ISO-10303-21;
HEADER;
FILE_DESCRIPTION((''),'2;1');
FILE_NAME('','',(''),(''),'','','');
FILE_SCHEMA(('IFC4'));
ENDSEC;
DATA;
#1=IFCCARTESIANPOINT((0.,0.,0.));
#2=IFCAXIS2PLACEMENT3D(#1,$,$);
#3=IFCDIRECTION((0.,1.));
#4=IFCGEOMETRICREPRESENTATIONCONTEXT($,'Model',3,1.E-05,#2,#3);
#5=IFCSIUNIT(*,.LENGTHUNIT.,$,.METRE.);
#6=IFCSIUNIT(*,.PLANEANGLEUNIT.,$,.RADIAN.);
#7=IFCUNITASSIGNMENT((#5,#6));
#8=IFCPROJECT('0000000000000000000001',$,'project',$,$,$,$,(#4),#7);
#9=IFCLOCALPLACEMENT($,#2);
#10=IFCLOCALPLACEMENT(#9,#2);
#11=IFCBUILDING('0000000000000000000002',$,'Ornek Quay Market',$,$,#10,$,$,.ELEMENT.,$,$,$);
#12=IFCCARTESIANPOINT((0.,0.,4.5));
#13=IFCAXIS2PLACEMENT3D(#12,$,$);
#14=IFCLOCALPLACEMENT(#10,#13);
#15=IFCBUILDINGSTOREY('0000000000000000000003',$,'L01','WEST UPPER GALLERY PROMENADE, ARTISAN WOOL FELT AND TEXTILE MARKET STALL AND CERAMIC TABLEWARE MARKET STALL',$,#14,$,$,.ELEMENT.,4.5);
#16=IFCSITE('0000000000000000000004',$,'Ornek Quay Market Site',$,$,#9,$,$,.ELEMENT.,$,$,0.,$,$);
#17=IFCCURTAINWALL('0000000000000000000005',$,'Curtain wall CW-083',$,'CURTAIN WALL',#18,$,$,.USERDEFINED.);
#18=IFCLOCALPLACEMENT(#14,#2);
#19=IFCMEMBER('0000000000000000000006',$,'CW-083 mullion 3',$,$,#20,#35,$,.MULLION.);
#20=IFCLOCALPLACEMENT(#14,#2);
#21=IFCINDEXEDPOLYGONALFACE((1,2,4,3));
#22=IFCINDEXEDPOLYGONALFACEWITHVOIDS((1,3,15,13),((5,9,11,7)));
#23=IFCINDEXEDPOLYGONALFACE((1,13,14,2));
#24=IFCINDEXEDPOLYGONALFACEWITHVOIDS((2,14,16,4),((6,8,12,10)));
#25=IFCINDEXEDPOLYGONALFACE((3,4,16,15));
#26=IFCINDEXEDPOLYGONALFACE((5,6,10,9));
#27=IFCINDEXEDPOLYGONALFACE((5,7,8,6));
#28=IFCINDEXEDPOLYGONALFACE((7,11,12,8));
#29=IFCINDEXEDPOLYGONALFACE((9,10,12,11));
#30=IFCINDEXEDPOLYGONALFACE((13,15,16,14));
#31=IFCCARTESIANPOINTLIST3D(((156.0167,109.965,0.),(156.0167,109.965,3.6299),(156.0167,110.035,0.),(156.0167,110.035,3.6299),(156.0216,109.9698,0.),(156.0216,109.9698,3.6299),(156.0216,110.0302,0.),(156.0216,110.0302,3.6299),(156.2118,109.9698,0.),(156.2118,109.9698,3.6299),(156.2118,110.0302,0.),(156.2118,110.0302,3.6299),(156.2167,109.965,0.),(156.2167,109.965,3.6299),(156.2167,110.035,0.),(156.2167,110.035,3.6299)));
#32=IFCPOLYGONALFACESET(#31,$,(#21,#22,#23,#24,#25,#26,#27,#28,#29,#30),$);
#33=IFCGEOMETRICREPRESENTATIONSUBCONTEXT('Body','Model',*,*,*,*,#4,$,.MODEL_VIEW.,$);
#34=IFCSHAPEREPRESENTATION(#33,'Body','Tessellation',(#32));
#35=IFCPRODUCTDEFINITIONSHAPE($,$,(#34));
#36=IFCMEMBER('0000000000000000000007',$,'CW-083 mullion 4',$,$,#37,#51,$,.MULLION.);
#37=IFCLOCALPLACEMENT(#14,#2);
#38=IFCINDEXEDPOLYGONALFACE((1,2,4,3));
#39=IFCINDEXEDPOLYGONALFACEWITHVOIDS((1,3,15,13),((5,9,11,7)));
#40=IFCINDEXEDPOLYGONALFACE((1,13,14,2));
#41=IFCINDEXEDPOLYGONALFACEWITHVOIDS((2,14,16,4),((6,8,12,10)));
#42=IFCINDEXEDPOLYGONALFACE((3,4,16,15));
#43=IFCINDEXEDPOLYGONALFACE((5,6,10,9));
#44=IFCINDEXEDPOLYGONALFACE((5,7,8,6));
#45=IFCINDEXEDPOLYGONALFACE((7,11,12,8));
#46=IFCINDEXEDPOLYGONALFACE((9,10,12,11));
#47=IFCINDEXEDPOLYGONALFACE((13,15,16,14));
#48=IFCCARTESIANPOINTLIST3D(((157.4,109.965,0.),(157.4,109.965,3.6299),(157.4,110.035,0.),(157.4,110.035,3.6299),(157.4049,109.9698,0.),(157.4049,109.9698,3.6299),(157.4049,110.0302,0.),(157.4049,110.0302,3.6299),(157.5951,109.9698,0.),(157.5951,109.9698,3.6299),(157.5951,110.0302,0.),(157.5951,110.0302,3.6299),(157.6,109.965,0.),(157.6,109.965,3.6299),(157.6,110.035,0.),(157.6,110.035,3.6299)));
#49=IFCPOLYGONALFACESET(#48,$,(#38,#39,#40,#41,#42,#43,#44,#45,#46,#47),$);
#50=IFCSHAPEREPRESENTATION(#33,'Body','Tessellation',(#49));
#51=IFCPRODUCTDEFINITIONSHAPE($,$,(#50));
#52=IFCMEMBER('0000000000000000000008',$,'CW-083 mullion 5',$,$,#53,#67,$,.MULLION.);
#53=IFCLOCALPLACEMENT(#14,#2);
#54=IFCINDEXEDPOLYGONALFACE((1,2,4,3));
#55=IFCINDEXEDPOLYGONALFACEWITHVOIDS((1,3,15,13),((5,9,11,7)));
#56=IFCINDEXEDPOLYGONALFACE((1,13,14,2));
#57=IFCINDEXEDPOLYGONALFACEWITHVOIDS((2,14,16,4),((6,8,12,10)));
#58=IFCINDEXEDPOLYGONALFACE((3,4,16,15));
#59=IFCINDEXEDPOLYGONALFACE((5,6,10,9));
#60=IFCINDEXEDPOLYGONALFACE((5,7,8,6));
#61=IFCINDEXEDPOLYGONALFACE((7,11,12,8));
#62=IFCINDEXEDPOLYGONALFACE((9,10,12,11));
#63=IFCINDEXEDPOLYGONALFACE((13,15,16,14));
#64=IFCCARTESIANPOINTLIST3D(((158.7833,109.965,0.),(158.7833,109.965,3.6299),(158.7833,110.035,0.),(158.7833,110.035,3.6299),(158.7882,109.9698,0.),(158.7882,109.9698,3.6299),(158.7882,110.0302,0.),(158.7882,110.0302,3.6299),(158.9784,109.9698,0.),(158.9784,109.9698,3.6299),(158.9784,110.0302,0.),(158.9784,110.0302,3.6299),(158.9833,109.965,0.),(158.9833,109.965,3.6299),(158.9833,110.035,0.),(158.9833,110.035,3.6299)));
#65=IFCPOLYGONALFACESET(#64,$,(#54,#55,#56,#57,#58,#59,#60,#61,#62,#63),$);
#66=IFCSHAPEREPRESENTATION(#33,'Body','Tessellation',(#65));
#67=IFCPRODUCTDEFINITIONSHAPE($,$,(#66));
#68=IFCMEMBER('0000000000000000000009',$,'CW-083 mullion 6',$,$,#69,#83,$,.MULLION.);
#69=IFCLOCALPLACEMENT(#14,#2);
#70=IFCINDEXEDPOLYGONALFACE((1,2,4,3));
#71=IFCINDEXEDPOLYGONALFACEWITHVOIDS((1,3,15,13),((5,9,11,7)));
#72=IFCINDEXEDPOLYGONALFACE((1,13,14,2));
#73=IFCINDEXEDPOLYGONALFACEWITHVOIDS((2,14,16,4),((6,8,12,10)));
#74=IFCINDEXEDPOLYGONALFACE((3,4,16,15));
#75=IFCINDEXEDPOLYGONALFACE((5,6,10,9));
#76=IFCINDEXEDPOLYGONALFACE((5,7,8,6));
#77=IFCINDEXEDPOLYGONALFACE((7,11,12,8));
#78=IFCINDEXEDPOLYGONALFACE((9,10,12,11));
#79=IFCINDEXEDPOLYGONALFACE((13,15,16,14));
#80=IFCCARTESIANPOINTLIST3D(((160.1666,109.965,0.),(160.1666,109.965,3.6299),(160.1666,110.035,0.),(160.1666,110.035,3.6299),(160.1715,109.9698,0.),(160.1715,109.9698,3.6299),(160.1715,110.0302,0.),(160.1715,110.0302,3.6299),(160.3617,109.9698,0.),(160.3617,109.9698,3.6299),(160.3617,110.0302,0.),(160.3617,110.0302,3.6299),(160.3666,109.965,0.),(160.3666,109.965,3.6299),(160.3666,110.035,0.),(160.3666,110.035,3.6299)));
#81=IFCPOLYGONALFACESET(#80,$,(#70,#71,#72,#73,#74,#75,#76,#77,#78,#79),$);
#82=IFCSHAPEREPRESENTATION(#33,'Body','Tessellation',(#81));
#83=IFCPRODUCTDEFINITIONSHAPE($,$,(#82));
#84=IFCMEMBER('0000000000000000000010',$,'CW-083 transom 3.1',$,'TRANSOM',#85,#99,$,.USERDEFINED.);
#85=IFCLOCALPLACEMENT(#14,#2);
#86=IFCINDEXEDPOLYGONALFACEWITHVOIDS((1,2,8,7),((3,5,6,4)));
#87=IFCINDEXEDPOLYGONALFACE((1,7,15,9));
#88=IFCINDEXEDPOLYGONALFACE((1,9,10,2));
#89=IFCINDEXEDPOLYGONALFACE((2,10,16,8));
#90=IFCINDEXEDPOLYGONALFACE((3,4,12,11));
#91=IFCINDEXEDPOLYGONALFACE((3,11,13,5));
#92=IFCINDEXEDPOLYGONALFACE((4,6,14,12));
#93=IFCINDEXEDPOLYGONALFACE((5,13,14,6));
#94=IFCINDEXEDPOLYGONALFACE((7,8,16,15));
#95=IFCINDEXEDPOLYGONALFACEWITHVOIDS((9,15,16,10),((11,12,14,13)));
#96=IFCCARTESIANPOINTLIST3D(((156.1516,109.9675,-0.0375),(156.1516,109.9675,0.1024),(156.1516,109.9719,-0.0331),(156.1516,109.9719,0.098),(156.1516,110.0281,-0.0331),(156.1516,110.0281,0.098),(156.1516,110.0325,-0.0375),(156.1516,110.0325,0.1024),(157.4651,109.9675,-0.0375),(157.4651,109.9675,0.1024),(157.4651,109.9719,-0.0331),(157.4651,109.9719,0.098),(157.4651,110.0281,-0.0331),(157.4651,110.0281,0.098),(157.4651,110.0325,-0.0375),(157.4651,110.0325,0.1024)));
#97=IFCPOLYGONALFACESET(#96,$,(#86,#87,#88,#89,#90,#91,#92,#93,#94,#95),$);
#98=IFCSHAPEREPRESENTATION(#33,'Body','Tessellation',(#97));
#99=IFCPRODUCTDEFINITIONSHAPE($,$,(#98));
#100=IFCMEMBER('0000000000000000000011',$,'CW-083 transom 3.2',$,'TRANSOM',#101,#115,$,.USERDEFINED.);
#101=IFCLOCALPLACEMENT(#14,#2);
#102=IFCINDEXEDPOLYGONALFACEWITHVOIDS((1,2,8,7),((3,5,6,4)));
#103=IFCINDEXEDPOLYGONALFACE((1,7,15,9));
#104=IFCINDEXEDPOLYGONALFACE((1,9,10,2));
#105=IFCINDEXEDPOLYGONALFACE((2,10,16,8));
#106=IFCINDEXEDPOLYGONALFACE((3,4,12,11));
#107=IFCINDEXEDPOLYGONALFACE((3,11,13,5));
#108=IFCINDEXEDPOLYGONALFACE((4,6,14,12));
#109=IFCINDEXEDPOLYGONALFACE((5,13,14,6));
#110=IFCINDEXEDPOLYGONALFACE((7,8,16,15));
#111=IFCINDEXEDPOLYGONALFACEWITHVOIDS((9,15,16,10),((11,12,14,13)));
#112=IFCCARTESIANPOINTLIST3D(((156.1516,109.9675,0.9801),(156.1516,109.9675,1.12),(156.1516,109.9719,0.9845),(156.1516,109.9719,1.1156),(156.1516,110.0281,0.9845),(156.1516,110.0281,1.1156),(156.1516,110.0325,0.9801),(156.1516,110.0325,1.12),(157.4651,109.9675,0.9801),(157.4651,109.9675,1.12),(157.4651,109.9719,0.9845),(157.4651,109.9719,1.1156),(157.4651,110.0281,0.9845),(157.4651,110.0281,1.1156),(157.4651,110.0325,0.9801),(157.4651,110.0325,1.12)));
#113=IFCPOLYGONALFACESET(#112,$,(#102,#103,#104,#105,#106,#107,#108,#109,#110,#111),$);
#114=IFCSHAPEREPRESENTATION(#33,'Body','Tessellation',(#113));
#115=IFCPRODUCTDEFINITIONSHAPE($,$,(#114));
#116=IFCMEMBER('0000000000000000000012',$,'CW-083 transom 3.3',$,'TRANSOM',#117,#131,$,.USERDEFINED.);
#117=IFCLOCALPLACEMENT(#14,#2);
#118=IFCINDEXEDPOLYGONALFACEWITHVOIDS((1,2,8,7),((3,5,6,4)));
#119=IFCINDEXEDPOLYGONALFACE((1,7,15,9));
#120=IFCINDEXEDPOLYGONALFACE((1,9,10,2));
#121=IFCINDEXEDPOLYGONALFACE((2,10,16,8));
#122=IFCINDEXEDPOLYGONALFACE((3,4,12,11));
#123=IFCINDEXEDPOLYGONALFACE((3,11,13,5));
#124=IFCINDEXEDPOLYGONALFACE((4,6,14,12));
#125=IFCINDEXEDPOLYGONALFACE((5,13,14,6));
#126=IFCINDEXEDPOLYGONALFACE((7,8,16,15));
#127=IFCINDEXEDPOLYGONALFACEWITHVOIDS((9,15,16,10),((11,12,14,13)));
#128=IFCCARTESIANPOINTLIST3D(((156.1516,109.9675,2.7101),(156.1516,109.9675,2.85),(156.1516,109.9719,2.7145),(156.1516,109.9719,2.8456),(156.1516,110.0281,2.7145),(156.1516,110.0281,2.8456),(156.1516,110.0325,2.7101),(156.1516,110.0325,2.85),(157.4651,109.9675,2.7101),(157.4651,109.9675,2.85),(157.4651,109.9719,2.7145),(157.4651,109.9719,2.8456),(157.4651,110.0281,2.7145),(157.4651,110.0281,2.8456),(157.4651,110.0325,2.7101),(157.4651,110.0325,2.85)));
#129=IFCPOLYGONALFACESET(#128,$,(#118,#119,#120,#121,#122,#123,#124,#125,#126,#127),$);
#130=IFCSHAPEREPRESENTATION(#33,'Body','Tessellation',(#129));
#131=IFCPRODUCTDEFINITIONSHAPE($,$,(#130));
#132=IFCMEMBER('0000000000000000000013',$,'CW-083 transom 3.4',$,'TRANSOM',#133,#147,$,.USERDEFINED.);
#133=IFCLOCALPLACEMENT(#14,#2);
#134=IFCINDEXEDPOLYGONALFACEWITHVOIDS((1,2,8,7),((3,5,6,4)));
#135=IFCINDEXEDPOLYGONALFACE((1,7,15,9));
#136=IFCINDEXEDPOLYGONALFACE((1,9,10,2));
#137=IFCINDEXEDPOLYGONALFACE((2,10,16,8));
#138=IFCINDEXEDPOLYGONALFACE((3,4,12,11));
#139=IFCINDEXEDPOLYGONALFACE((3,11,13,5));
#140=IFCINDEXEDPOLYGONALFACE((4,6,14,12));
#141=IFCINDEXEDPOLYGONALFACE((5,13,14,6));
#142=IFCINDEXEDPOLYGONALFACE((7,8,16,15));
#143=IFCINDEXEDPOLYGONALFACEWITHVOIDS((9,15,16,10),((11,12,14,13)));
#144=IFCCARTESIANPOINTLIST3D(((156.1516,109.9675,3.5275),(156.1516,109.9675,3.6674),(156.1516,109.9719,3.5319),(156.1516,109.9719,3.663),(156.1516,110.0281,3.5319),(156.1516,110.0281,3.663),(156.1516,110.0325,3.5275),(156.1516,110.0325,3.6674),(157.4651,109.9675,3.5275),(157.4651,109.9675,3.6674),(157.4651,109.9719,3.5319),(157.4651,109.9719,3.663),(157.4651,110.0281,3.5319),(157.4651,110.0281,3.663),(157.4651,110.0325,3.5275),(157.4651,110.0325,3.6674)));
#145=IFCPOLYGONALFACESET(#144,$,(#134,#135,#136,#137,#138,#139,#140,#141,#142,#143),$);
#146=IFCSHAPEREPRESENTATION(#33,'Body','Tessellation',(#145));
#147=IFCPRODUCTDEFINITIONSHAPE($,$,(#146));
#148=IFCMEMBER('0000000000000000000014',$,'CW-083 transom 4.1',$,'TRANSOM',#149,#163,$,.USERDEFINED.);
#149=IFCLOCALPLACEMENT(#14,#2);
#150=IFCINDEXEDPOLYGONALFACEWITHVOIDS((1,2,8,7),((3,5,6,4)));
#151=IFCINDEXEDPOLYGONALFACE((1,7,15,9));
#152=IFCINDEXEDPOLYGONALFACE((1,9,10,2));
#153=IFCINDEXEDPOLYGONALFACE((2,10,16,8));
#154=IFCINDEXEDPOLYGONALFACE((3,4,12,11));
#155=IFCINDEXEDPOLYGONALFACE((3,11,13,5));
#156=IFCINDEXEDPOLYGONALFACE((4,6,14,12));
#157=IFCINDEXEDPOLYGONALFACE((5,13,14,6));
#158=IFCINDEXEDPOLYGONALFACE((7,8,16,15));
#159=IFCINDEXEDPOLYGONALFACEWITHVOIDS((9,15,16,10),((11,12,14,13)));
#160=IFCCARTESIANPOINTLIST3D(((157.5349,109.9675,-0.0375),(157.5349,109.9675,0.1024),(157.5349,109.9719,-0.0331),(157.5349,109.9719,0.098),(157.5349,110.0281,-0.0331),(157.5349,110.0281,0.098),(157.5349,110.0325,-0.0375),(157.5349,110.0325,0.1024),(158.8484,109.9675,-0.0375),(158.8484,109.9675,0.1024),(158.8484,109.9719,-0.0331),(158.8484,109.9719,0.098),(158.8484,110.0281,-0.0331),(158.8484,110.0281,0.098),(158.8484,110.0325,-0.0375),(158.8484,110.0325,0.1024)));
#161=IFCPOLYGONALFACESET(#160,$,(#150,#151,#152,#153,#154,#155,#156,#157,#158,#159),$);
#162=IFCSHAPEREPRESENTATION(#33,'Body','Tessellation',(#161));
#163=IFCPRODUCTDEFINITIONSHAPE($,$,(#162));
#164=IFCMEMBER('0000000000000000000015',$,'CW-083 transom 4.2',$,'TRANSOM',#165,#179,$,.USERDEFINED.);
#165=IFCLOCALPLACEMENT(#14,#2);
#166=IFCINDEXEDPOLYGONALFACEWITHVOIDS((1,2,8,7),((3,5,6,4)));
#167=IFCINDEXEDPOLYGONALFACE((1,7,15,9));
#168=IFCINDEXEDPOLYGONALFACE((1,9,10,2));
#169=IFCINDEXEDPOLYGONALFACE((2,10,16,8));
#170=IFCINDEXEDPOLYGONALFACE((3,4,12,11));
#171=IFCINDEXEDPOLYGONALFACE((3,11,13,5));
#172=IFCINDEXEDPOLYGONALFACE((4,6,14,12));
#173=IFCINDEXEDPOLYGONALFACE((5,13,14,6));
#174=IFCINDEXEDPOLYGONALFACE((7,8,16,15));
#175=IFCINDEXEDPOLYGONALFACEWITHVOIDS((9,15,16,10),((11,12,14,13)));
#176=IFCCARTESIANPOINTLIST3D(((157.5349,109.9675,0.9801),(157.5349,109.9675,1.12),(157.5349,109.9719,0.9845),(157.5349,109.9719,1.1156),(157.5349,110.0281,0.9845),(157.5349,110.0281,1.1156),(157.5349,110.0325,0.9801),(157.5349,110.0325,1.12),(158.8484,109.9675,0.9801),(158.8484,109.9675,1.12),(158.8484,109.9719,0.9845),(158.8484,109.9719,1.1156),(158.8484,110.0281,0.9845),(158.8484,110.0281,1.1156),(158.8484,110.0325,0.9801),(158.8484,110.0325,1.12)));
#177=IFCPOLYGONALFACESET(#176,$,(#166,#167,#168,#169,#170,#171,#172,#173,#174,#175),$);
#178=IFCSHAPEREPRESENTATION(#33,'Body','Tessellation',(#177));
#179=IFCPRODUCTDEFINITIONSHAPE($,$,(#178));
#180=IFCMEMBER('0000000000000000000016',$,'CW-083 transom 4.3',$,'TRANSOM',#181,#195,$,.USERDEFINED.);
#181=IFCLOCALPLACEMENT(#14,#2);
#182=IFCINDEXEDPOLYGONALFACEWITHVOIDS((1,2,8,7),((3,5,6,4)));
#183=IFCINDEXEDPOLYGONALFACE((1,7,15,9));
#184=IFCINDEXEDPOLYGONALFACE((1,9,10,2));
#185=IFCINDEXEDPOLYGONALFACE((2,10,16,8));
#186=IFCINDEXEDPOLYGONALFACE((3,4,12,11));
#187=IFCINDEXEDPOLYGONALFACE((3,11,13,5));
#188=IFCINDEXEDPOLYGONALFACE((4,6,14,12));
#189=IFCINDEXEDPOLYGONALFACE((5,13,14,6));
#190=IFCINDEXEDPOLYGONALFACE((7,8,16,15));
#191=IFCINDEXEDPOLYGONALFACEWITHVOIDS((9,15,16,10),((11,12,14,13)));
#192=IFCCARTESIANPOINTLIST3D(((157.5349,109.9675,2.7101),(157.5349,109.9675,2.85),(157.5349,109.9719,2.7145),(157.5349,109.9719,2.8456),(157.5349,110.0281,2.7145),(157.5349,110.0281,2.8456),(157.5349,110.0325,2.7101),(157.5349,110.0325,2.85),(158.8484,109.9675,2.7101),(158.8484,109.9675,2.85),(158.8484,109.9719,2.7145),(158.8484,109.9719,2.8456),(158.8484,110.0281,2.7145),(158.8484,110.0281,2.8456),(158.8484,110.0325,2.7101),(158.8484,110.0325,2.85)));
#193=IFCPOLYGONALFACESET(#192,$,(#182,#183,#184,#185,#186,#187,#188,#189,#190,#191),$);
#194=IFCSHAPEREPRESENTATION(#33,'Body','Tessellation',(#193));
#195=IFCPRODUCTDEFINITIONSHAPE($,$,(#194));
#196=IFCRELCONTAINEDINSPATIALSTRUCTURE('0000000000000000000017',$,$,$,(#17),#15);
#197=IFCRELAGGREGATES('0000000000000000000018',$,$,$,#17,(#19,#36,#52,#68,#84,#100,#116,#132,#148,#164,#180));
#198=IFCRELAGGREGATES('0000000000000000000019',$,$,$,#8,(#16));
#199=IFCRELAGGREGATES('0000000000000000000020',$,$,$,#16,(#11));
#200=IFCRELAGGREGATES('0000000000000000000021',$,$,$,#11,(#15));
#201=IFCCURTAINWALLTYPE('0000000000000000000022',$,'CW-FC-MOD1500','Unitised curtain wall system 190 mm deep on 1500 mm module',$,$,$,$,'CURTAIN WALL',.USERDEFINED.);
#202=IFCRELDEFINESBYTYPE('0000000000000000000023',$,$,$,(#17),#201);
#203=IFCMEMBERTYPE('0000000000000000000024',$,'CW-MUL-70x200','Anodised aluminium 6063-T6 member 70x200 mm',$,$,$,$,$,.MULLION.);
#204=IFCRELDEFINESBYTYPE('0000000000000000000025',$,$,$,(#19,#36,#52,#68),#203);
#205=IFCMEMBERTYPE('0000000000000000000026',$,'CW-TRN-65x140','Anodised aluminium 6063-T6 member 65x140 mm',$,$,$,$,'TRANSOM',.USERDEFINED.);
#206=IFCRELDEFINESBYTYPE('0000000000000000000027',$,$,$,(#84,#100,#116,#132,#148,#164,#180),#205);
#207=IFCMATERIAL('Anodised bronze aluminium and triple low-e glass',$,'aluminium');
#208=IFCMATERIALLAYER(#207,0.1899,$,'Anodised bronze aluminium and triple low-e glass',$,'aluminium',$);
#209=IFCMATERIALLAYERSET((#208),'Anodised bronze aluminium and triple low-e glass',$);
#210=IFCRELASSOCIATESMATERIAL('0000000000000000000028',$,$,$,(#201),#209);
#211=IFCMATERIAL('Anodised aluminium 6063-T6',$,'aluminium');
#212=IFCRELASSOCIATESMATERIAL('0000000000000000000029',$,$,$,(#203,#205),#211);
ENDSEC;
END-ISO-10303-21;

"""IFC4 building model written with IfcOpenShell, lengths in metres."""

from ifc_helpers import new_model, si_unit, direction, frame, origin, origin_2d, place, context, subcontext, project, spatial, hollow_rectangle, extrude, material, layer, layer_set, material_profile, profile_set, type_object, element, aggregate, save


model = new_model("IFC4")

# Units and contexts
model_context = context("Model", 3, precision=1e-05, world=origin(), true_north=direction((0.0, 1.0)))
body_context = subcontext(model_context, "Body", "Model", "MODEL_VIEW")
ifc_project = project(units=[si_unit("LENGTHUNIT", "METRE"), si_unit("PLANEANGLEUNIT", "RADIAN")], contexts=[model_context])

# Site, building, storey
site_placement = place(None, origin())
site = spatial("IfcSite", under=ifc_project, at=site_placement, Name="Ornek Quay Market Site", CompositionType="ELEMENT", RefElevation=0.0)
building_placement = place(site_placement, origin())
building = spatial("IfcBuilding", under=site, at=building_placement, Name="Ornek Quay Market", CompositionType="ELEMENT")
storey_placement = place(building_placement, frame((0.0, 0.0, 4.5)))
storey = spatial("IfcBuildingStorey", under=building, at=storey_placement, Name="L01", Description="WEST UPPER GALLERY PROMENADE, ARTISAN WOOL FELT AND TEXTILE MARKET STALL AND CERAMIC TABLEWARE MARKET STALL", CompositionType="ELEMENT", Elevation=4.5)

# Curtain wall, members
ifc_material_1 = material(Name="Anodised bronze aluminium and triple low-e glass", Category="aluminium")
ifc_layer_1 = layer(ifc_material_1, 0.1899, Name="Anodised bronze aluminium and triple low-e glass", Category="aluminium")
ifc_layer_set_1 = layer_set([ifc_layer_1], Name="Anodised bronze aluminium and triple low-e glass")
curtain_wall_type = type_object("IfcCurtainWallType", Name="CW-FC-MOD1500", Description="Unitised curtain wall system 190 mm deep on 1500 mm module", ElementType="CURTAIN WALL", PredefinedType="USERDEFINED", material=ifc_layer_set_1)
curtain_wall_placement = place(storey_placement, origin())
curtain_wall = element("IfcCurtainWall", 1, at=curtain_wall_placement, inside=storey, type_object=curtain_wall_type, Name="Curtain wall CW-083", ObjectType="CURTAIN WALL", PredefinedType="USERDEFINED")
ifc_material_2 = material(Name="Anodised aluminium 6063-T6", Category="aluminium")
ifc_material_profile_1 = material_profile(ifc_material_2, hollow_rectangle(XDim=0.0701, YDim=0.2, WallThickness=0.0049, at=origin_2d()), Name="CW-MUL-70x200", Category="aluminium")
ifc_profile_set_1 = profile_set([ifc_material_profile_1], Name="Anodised aluminium 6063-T6")
member_type_1 = type_object("IfcMemberType", Name="CW-MUL-70x200", Description="Anodised aluminium 6063-T6 member 70x200 mm", PredefinedType="MULLION", material=ifc_profile_set_1)
member_1_placement = place(storey_placement, frame((156.1167, 110.0, 0.0), z_axis=(0.0, 0.0, 1.0), x_axis=(0.0, 1.0, 0.0)))
member_1 = element("IfcMember", 2, at=member_1_placement, type_object=member_type_1, Name="CW-083 mullion 3", PredefinedType="MULLION", context=body_context, shape_type="SweptSolid", body=[
    extrude(hollow_rectangle(XDim=0.0701, YDim=0.2, WallThickness=0.0049, at=origin_2d()), origin(), (0.0, 0.0, 1.0), 3.6299),
])
member_2_placement = place(storey_placement, frame((157.5, 110.0, 0.0), z_axis=(0.0, 0.0, 1.0), x_axis=(0.0, 1.0, 0.0)))
member_2 = element("IfcMember", 3, at=member_2_placement, type_object=member_type_1, Name="CW-083 mullion 4", PredefinedType="MULLION", context=body_context, shape_type="SweptSolid", body=[
    extrude(hollow_rectangle(XDim=0.0701, YDim=0.2, WallThickness=0.0049, at=origin_2d()), origin(), (0.0, 0.0, 1.0), 3.6299),
])
member_3_placement = place(storey_placement, frame((158.8833, 110.0, 0.0), z_axis=(0.0, 0.0, 1.0), x_axis=(0.0, 1.0, 0.0)))
member_3 = element("IfcMember", 4, at=member_3_placement, type_object=member_type_1, Name="CW-083 mullion 5", PredefinedType="MULLION", context=body_context, shape_type="SweptSolid", body=[
    extrude(hollow_rectangle(XDim=0.0701, YDim=0.2, WallThickness=0.0049, at=origin_2d()), origin(), (0.0, 0.0, 1.0), 3.6299),
])
member_4_placement = place(storey_placement, frame((160.2666, 110.0, 0.0), z_axis=(0.0, 0.0, 1.0), x_axis=(0.0, 1.0, 0.0)))
member_4 = element("IfcMember", 5, at=member_4_placement, type_object=member_type_1, Name="CW-083 mullion 6", PredefinedType="MULLION", context=body_context, shape_type="SweptSolid", body=[
    extrude(hollow_rectangle(XDim=0.0701, YDim=0.2, WallThickness=0.0049, at=origin_2d()), origin(), (0.0, 0.0, 1.0), 3.6299),
])
ifc_material_profile_2 = material_profile(ifc_material_2, hollow_rectangle(XDim=0.0649, YDim=0.1399, WallThickness=0.0044, at=origin_2d()), Name="CW-TRN-65x140", Category="aluminium")
ifc_profile_set_2 = profile_set([ifc_material_profile_2], Name="Anodised aluminium 6063-T6")
member_type_2 = type_object("IfcMemberType", Name="CW-TRN-65x140", Description="Anodised aluminium 6063-T6 member 65x140 mm", ElementType="TRANSOM", PredefinedType="USERDEFINED", material=ifc_profile_set_2)
member_5_placement = place(storey_placement, frame((156.1516, 110.0, 0.0325), z_axis=(1.0, 0.0, 0.0), x_axis=(0.0, 1.0, 0.0)))
member_5 = element("IfcMember", 6, at=member_5_placement, type_object=member_type_2, Name="CW-083 transom 3.1", ObjectType="TRANSOM", PredefinedType="USERDEFINED", context=body_context, shape_type="SweptSolid", body=[
    extrude(hollow_rectangle(XDim=0.0649, YDim=0.1399, WallThickness=0.0044, at=origin_2d()), origin(), (0.0, 0.0, 1.0), 1.3135),
])
member_6_placement = place(storey_placement, frame((156.1516, 110.0, 1.05), z_axis=(1.0, 0.0, 0.0), x_axis=(0.0, 1.0, 0.0)))
member_6 = element("IfcMember", 7, at=member_6_placement, type_object=member_type_2, Name="CW-083 transom 3.2", ObjectType="TRANSOM", PredefinedType="USERDEFINED", context=body_context, shape_type="SweptSolid", body=[
    extrude(hollow_rectangle(XDim=0.0649, YDim=0.1399, WallThickness=0.0044, at=origin_2d()), origin(), (0.0, 0.0, 1.0), 1.3135),
])
member_7_placement = place(storey_placement, frame((156.1516, 110.0, 2.78), z_axis=(1.0, 0.0, 0.0), x_axis=(0.0, 1.0, 0.0)))
member_7 = element("IfcMember", 8, at=member_7_placement, type_object=member_type_2, Name="CW-083 transom 3.3", ObjectType="TRANSOM", PredefinedType="USERDEFINED", context=body_context, shape_type="SweptSolid", body=[
    extrude(hollow_rectangle(XDim=0.0649, YDim=0.1399, WallThickness=0.0044, at=origin_2d()), origin(), (0.0, 0.0, 1.0), 1.3135),
])
member_8_placement = place(storey_placement, frame((156.1516, 110.0, 3.5974), z_axis=(1.0, 0.0, 0.0), x_axis=(0.0, 1.0, 0.0)))
member_8 = element("IfcMember", 9, at=member_8_placement, type_object=member_type_2, Name="CW-083 transom 3.4", ObjectType="TRANSOM", PredefinedType="USERDEFINED", context=body_context, shape_type="SweptSolid", body=[
    extrude(hollow_rectangle(XDim=0.0649, YDim=0.1399, WallThickness=0.0044, at=origin_2d()), origin(), (0.0, 0.0, 1.0), 1.3135),
])
member_9_placement = place(storey_placement, frame((157.5349, 110.0, 0.0325), z_axis=(1.0, 0.0, 0.0), x_axis=(0.0, 1.0, 0.0)))
member_9 = element("IfcMember", 10, at=member_9_placement, type_object=member_type_2, Name="CW-083 transom 4.1", ObjectType="TRANSOM", PredefinedType="USERDEFINED", context=body_context, shape_type="SweptSolid", body=[
    extrude(hollow_rectangle(XDim=0.0649, YDim=0.1399, WallThickness=0.0044, at=origin_2d()), origin(), (0.0, 0.0, 1.0), 1.3135),
])
member_10_placement = place(storey_placement, frame((157.5349, 110.0, 1.05), z_axis=(1.0, 0.0, 0.0), x_axis=(0.0, 1.0, 0.0)))
member_10 = element("IfcMember", 11, at=member_10_placement, type_object=member_type_2, Name="CW-083 transom 4.2", ObjectType="TRANSOM", PredefinedType="USERDEFINED", context=body_context, shape_type="SweptSolid", body=[
    extrude(hollow_rectangle(XDim=0.0649, YDim=0.1399, WallThickness=0.0044, at=origin_2d()), origin(), (0.0, 0.0, 1.0), 1.3135),
])
member_11_placement = place(storey_placement, frame((157.5349, 110.0, 2.78), z_axis=(1.0, 0.0, 0.0), x_axis=(0.0, 1.0, 0.0)))
member_11 = element("IfcMember", 12, at=member_11_placement, type_object=member_type_2, Name="CW-083 transom 4.3", ObjectType="TRANSOM", PredefinedType="USERDEFINED", context=body_context, shape_type="SweptSolid", body=[
    extrude(hollow_rectangle(XDim=0.0649, YDim=0.1399, WallThickness=0.0044, at=origin_2d()), origin(), (0.0, 0.0, 1.0), 1.3135),
])
aggregate(curtain_wall, [member_1, member_2, member_3, member_4, member_5, member_6, member_7, member_8, member_9, member_10, member_11])

save(model, "model.ifc")
